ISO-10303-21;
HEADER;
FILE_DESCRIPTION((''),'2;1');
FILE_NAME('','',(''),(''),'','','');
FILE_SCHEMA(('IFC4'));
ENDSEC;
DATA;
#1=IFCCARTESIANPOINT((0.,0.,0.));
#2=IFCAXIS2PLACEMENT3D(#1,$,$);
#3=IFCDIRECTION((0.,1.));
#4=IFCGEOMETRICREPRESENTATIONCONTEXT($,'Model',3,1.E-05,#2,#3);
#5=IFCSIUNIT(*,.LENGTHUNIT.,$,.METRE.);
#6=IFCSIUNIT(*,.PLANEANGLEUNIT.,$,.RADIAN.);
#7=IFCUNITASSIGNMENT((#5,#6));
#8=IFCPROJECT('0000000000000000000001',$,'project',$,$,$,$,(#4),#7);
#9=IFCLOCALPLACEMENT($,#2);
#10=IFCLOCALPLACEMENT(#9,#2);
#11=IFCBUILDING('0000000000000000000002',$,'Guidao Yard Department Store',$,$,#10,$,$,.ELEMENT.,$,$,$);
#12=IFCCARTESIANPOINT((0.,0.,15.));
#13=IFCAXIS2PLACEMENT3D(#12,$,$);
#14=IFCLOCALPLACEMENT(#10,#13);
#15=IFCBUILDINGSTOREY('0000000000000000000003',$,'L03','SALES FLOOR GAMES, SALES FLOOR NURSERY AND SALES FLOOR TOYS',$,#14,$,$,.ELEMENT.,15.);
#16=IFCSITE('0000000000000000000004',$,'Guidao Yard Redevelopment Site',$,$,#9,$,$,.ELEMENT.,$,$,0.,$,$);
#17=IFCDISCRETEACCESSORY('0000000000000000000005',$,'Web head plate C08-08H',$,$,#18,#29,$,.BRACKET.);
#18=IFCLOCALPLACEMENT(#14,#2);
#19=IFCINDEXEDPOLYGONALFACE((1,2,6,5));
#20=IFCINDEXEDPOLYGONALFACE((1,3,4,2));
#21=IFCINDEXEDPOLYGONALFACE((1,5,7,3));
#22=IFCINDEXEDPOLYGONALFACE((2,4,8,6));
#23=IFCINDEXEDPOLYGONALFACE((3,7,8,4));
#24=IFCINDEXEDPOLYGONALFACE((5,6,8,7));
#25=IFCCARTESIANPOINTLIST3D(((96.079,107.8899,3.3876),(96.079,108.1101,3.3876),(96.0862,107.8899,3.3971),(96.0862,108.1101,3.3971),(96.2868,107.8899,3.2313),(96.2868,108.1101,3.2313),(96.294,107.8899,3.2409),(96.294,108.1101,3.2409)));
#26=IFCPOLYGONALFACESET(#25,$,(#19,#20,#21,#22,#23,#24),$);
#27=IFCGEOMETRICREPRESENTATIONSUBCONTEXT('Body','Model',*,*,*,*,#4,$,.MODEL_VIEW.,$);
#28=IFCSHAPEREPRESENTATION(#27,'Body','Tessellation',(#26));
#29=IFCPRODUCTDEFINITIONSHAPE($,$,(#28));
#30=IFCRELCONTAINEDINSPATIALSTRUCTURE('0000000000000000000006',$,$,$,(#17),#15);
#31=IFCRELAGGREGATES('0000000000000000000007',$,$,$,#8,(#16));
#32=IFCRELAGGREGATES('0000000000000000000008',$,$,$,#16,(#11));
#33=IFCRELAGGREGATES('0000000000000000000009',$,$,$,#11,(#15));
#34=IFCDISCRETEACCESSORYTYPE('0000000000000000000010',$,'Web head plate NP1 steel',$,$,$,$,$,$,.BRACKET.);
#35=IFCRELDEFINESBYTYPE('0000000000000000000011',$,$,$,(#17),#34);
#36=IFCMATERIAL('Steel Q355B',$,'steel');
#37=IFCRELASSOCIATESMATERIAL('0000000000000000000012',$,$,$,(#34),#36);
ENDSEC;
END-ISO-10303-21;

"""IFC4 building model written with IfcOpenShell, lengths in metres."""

from ifc_helpers import new_model, si_unit, direction, frame, origin, origin_2d, place, context, subcontext, project, spatial, rectangle, extrude, material, material_profile, profile_set, type_object, element, save


model = new_model("IFC4")

# Units and contexts
model_context = context("Model", 3, precision=1e-05, world=origin(), true_north=direction((0.0, 1.0)))
body_context = subcontext(model_context, "Body", "Model", "MODEL_VIEW")
ifc_project = project(units=[si_unit("LENGTHUNIT", "METRE"), si_unit("PLANEANGLEUNIT", "RADIAN")], contexts=[model_context])

# Site, building, storey
site_placement = place(None, origin())
site = spatial("IfcSite", under=ifc_project, at=site_placement, Name="Guidao Yard Redevelopment Site", CompositionType="ELEMENT", RefElevation=0.0)
building_placement = place(site_placement, origin())
building = spatial("IfcBuilding", under=site, at=building_placement, Name="Guidao Yard Department Store", CompositionType="ELEMENT")
storey_placement = place(building_placement, frame((0.0, 0.0, 15.0)))
storey = spatial("IfcBuildingStorey", under=building, at=storey_placement, Name="L03", Description="SALES FLOOR GAMES, SALES FLOOR NURSERY AND SALES FLOOR TOYS", CompositionType="ELEMENT", Elevation=15.0)

# Discrete accessory
ifc_material_1 = material(Name="Steel Q355B", Category="steel")
ifc_material_profile_1 = material_profile(ifc_material_1, rectangle(XDim=0.26, YDim=0.012, at=origin_2d()), Name="Node plate 260x12")
ifc_profile_set_1 = profile_set([ifc_material_profile_1], Name="Steel Q355B")
discrete_accessory_type_1 = type_object("IfcDiscreteAccessoryType", Name="Web head plate NP1 steel", PredefinedType="BRACKET", material=ifc_profile_set_1)
for number, where, z_axis, x_axis, name in (
    (1, (96.1865, 107.8899, 3.3142), (0.0, 1.0, 0.0), (-0.799284, 0.0, 0.600954), "Web head plate C08-08H"),
):
    element("IfcDiscreteAccessory", number, at=place(storey_placement, frame(where, z_axis=z_axis, x_axis=x_axis)), inside=storey, type_object=discrete_accessory_type_1, Name=name, PredefinedType="BRACKET", context=body_context, shape_type="SweptSolid", body=[
        extrude(rectangle(XDim=0.26, YDim=0.012, at=origin_2d()), origin(), (0.0, 0.0, 1.0), 0.2202),
    ])

save(model, "model.ifc")
